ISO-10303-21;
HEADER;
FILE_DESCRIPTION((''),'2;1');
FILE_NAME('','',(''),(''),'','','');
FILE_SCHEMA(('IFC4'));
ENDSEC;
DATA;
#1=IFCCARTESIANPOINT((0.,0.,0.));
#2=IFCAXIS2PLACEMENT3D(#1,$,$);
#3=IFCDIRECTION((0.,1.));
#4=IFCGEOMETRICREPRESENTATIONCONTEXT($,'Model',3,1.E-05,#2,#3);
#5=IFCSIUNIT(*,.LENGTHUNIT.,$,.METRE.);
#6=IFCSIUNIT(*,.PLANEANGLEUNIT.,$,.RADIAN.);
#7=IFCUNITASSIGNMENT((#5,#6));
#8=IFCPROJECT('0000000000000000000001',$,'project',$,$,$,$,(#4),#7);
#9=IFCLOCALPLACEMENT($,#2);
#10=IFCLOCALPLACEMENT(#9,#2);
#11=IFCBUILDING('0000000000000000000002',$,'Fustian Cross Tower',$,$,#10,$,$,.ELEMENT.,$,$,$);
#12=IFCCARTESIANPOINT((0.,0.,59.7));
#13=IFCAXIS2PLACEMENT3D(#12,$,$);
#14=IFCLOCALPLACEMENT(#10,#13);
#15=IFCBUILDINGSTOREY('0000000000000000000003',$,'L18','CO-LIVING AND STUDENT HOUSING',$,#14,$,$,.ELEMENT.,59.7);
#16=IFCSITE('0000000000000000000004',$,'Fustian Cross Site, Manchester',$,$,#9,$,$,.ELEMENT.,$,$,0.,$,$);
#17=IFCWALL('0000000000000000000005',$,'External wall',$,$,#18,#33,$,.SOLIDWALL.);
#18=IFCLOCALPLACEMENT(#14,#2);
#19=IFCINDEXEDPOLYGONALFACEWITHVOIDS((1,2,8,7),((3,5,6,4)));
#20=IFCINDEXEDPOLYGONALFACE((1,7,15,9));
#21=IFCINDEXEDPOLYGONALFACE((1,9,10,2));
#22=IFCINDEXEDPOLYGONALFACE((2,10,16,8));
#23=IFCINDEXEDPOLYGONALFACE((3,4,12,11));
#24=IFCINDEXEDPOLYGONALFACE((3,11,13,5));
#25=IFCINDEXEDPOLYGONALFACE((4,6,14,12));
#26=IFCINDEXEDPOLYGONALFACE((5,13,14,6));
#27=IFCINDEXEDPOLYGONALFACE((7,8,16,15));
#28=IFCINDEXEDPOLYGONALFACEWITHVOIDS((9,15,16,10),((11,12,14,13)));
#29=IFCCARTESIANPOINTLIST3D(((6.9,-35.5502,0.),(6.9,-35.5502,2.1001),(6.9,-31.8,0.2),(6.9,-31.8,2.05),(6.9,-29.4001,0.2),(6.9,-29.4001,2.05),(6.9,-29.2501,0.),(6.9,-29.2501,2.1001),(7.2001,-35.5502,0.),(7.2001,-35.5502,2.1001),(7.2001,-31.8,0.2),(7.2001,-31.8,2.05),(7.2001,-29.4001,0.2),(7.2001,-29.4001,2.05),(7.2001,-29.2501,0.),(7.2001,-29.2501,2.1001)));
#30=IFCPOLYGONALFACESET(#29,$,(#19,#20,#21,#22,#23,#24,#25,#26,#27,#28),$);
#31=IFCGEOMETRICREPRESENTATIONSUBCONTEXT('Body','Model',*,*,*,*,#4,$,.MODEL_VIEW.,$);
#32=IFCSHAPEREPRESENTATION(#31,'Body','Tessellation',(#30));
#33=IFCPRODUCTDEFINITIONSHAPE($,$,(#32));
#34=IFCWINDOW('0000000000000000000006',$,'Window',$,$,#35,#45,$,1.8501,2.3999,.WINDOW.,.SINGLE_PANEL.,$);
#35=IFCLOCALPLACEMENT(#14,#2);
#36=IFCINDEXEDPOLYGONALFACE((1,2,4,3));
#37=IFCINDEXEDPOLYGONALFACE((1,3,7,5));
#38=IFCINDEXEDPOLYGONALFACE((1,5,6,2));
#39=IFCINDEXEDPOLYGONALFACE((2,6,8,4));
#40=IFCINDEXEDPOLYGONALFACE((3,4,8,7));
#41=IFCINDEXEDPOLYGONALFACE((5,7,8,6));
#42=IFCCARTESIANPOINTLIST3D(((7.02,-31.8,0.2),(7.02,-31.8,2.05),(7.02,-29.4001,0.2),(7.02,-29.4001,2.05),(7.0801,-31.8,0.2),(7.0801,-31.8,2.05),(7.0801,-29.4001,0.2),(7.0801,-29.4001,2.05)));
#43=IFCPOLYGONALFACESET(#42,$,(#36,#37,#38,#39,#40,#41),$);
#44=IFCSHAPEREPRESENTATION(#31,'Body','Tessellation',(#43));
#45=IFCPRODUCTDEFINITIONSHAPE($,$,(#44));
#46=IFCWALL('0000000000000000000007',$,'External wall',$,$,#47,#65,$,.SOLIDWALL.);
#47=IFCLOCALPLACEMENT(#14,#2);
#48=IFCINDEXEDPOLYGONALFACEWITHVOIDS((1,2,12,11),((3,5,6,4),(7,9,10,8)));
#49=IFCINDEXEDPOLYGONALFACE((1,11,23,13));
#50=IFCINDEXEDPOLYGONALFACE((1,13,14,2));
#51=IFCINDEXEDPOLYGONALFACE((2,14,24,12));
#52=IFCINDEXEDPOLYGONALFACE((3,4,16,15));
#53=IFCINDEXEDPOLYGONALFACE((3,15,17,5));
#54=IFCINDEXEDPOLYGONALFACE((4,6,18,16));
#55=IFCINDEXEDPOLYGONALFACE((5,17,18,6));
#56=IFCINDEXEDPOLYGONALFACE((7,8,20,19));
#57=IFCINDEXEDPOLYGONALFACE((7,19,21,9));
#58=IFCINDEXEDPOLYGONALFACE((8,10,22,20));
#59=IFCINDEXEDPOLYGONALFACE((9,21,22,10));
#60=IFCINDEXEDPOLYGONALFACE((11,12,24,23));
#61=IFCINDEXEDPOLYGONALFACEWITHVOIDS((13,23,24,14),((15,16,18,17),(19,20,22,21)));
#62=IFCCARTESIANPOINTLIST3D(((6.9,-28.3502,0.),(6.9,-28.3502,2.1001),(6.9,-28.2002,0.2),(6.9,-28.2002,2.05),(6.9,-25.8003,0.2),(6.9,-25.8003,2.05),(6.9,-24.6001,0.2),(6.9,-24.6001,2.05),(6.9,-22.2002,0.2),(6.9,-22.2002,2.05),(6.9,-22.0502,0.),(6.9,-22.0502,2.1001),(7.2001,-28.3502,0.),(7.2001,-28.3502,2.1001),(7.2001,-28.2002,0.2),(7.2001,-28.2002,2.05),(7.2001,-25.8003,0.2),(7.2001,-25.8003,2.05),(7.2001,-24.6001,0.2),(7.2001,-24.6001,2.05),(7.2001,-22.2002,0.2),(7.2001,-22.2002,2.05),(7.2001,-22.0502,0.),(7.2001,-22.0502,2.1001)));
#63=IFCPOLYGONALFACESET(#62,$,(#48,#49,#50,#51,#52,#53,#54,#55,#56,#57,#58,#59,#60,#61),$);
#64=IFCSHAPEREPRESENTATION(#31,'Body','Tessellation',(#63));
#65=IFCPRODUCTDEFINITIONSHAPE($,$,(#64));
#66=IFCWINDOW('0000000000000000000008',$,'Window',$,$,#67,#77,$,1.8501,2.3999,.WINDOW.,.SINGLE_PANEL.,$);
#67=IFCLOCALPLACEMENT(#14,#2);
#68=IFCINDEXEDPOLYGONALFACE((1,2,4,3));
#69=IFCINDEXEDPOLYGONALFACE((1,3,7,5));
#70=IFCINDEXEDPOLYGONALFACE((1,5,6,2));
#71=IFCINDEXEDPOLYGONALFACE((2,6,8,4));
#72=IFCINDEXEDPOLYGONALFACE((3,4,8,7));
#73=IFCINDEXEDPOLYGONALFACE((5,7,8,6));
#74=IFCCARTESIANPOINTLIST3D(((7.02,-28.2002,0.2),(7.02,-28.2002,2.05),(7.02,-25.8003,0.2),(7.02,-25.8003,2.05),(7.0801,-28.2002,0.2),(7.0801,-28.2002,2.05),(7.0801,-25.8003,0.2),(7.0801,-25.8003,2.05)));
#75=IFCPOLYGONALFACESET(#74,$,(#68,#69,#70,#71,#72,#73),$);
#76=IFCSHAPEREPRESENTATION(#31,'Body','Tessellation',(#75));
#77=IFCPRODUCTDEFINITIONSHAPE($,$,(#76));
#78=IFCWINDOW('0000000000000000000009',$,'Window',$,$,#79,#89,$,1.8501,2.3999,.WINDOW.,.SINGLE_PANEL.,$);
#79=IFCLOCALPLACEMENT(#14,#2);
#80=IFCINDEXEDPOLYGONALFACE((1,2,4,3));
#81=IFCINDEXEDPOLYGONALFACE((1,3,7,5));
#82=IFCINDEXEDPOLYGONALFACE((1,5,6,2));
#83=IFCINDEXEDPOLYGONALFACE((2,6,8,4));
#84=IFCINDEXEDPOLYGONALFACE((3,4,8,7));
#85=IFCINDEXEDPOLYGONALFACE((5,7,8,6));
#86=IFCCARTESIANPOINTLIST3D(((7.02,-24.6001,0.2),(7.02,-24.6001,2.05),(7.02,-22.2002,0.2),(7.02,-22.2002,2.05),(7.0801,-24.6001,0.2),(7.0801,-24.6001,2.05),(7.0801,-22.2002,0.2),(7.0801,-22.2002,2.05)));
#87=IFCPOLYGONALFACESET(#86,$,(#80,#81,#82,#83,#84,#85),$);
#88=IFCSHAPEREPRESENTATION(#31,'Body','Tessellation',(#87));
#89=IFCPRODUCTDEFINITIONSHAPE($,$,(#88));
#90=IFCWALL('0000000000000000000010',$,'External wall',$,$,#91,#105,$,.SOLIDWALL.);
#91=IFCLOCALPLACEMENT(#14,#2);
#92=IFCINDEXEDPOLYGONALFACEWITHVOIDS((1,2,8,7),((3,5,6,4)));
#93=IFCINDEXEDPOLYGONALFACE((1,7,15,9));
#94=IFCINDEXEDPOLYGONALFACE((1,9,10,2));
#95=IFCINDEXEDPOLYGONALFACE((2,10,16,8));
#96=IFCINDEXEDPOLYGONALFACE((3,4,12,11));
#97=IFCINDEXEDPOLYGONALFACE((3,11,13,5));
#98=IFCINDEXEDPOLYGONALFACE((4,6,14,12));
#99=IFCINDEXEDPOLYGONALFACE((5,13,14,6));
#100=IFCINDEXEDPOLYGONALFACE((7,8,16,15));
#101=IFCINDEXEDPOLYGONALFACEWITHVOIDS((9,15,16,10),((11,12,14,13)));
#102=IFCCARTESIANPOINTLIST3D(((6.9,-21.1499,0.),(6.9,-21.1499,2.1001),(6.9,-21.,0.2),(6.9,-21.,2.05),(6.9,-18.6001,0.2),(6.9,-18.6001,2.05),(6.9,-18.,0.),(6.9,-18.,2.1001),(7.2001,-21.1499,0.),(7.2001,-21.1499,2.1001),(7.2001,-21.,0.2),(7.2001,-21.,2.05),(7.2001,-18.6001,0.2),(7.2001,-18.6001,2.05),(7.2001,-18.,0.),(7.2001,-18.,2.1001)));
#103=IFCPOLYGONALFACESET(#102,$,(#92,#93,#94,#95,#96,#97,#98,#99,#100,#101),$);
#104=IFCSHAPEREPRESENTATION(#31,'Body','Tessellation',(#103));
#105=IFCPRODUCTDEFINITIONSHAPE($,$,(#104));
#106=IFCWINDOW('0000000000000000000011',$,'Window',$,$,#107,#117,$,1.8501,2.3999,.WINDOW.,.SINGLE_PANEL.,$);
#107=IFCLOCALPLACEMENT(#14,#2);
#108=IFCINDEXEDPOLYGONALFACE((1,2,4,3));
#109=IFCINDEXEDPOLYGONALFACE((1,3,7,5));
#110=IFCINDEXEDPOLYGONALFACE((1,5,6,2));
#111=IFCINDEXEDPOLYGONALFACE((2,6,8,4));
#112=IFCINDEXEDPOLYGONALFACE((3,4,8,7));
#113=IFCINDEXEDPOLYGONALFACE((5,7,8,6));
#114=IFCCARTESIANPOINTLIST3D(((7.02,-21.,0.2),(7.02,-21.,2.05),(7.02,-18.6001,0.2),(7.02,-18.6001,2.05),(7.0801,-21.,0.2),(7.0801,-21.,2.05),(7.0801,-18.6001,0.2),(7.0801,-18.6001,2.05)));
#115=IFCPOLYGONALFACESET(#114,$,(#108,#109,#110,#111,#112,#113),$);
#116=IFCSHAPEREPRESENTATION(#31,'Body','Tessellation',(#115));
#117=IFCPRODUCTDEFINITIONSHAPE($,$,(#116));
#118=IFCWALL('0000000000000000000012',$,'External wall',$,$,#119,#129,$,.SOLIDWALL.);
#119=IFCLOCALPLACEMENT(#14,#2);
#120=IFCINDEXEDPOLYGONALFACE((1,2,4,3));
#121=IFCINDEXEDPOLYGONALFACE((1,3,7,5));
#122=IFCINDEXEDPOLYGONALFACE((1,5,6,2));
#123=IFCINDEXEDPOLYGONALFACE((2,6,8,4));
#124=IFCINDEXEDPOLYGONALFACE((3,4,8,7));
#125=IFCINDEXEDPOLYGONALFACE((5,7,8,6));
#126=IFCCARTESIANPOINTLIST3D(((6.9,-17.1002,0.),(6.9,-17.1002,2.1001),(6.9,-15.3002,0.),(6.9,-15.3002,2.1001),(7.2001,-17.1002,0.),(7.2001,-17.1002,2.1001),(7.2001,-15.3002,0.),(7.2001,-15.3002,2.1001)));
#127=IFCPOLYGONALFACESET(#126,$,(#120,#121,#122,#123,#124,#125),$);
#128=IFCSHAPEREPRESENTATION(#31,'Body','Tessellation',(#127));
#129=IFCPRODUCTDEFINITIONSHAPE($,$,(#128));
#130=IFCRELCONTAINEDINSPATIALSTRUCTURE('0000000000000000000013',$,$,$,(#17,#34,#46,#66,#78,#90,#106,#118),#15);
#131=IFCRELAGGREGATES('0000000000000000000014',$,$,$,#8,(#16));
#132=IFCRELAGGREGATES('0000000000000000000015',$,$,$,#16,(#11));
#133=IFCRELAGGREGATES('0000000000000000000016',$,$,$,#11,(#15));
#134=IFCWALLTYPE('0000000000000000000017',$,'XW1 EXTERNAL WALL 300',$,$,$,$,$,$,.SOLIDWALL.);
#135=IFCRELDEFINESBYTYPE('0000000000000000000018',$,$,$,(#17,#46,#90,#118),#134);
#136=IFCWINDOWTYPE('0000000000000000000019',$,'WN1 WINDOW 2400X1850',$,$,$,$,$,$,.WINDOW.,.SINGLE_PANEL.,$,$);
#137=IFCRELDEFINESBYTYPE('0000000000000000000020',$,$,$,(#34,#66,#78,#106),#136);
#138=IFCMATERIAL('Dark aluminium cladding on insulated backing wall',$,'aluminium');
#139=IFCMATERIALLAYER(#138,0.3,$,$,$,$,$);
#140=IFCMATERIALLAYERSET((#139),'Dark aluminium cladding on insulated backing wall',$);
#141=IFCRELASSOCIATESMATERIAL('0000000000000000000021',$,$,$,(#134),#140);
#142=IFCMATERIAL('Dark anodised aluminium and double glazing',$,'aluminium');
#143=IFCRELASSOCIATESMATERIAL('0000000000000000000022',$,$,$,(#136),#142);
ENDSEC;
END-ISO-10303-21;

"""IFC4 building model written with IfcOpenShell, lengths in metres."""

from ifc_helpers import new_model, si_unit, direction, frame, frame_2d, origin, place, context, subcontext, project, spatial, rectangle, extrude, material, layer, layer_set, type_object, element, fill, save


model = new_model("IFC4")

# Units and contexts
model_context = context("Model", 3, precision=1e-05, world=origin(), true_north=direction((0.0, 1.0)))
body_context = subcontext(model_context, "Body", "Model", "MODEL_VIEW")
ifc_project = project(units=[si_unit("LENGTHUNIT", "METRE"), si_unit("PLANEANGLEUNIT", "RADIAN")], contexts=[model_context])

# Site, building, storey
site_placement = place(None, origin())
site = spatial("IfcSite", under=ifc_project, at=site_placement, Name="Fustian Cross Site, Manchester", CompositionType="ELEMENT", RefElevation=0.0)
building_placement = place(site_placement, origin())
building = spatial("IfcBuilding", under=site, at=building_placement, Name="Fustian Cross Tower", CompositionType="ELEMENT")
storey_placement = place(building_placement, frame((0.0, 0.0, 59.7)))
storey = spatial("IfcBuildingStorey", under=building, at=storey_placement, Name="L18", Description="CO-LIVING AND STUDENT HOUSING", CompositionType="ELEMENT", Elevation=59.7)

# Wall, opening, window
ifc_material_1 = material(Name="Dark aluminium cladding on insulated backing wall", Category="aluminium")
ifc_layer_1 = layer(ifc_material_1, 0.3)
ifc_layer_set_1 = layer_set([ifc_layer_1], Name="Dark aluminium cladding on insulated backing wall")
wall_type_1 = type_object("IfcWallType", Name="XW1 EXTERNAL WALL 300", PredefinedType="SOLIDWALL", material=ifc_layer_set_1)
wall_1_placement = place(storey_placement, frame((7.05, -35.55, 0.0), z_axis=(0.0, 0.0, 1.0), x_axis=(0.0, 1.0, 0.0)))
wall_1 = element("IfcWall", 1, at=wall_1_placement, inside=storey, type_object=wall_type_1, Name="External wall", PredefinedType="SOLIDWALL", context=body_context, shape_type="SweptSolid", body=[
    extrude(rectangle(XDim=6.3, YDim=0.3, at=frame_2d((3.1499, 0.0))), origin(), (0.0, 0.0, 1.0), 2.1001),
])
opening_1_placement = place(wall_1_placement, frame((3.75, 0.0, 0.2)))
opening_1 = element("IfcOpeningElement", 2, at=opening_1_placement, cuts=wall_1, PredefinedType="OPENING", context=body_context, shape_type="SweptSolid", body=[
    extrude(rectangle(XDim=2.3999, YDim=1.8501, at=frame_2d((1.2, 0.925))), frame((0.0, 0.1599, 0.0), z_axis=(0.0, -1.0, 0.0), x_axis=(1.0, 0.0, 0.0)), (0.0, 0.0, 1.0), 0.3201),
])
ifc_material_2 = material(Name="Dark anodised aluminium and double glazing", Category="aluminium")
window_type_1 = type_object("IfcWindowType", Name="WN1 WINDOW 2400X1850", PartitioningType="SINGLE_PANEL", PredefinedType="WINDOW", material=ifc_material_2)
window_1_placement = place(opening_1_placement, origin())
window_1 = element("IfcWindow", 3, at=window_1_placement, inside=storey, type_object=window_type_1, Name="Window", OverallHeight=1.8501, OverallWidth=2.3999, PartitioningType="SINGLE_PANEL", PredefinedType="WINDOW", context=body_context, shape_type="SweptSolid", body=[
    extrude(rectangle(XDim=2.3999, YDim=1.8501, at=frame_2d((1.2, 0.925))), frame((0.0, 0.03, 0.0), z_axis=(0.0, -1.0, 0.0), x_axis=(1.0, 0.0, 0.0)), (0.0, 0.0, 1.0), 0.0601),
])
fill(opening_1, window_1)

# Wall, openings, windows
wall_2_placement = place(storey_placement, frame((7.05, -28.3501, 0.0), z_axis=(0.0, 0.0, 1.0), x_axis=(0.0, 1.0, 0.0)))
wall_2 = element("IfcWall", 4, at=wall_2_placement, inside=storey, type_object=wall_type_1, Name="External wall", PredefinedType="SOLIDWALL", context=body_context, shape_type="SweptSolid", body=[
    extrude(rectangle(XDim=6.3, YDim=0.3, at=frame_2d((3.1499, 0.0))), origin(), (0.0, 0.0, 1.0), 2.1001),
])
opening_2_placement = place(wall_2_placement, frame((0.1499, 0.0, 0.2)))
opening_2 = element("IfcOpeningElement", 5, at=opening_2_placement, cuts=wall_2, PredefinedType="OPENING", context=body_context, shape_type="SweptSolid", body=[
    extrude(rectangle(XDim=2.3999, YDim=1.8501, at=frame_2d((1.2, 0.925))), frame((0.0, 0.1599, 0.0), z_axis=(0.0, -1.0, 0.0), x_axis=(1.0, 0.0, 0.0)), (0.0, 0.0, 1.0), 0.3201),
])
opening_3_placement = place(wall_2_placement, frame((3.75, 0.0, 0.2)))
opening_3 = element("IfcOpeningElement", 6, at=opening_3_placement, cuts=wall_2, PredefinedType="OPENING", context=body_context, shape_type="SweptSolid", body=[
    extrude(rectangle(XDim=2.3999, YDim=1.8501, at=frame_2d((1.2, 0.925))), frame((0.0, 0.1599, 0.0), z_axis=(0.0, -1.0, 0.0), x_axis=(1.0, 0.0, 0.0)), (0.0, 0.0, 1.0), 0.3201),
])
window_2_placement = place(opening_2_placement, origin())
window_2 = element("IfcWindow", 7, at=window_2_placement, inside=storey, type_object=window_type_1, Name="Window", OverallHeight=1.8501, OverallWidth=2.3999, PartitioningType="SINGLE_PANEL", PredefinedType="WINDOW", context=body_context, shape_type="SweptSolid", body=[
    extrude(rectangle(XDim=2.3999, YDim=1.8501, at=frame_2d((1.2, 0.925))), frame((0.0, 0.03, 0.0), z_axis=(0.0, -1.0, 0.0), x_axis=(1.0, 0.0, 0.0)), (0.0, 0.0, 1.0), 0.0601),
])
fill(opening_2, window_2)
window_3_placement = place(opening_3_placement, origin())
window_3 = element("IfcWindow", 8, at=window_3_placement, inside=storey, type_object=window_type_1, Name="Window", OverallHeight=1.8501, OverallWidth=2.3999, PartitioningType="SINGLE_PANEL", PredefinedType="WINDOW", context=body_context, shape_type="SweptSolid", body=[
    extrude(rectangle(XDim=2.3999, YDim=1.8501, at=frame_2d((1.2, 0.925))), frame((0.0, 0.03, 0.0), z_axis=(0.0, -1.0, 0.0), x_axis=(1.0, 0.0, 0.0)), (0.0, 0.0, 1.0), 0.0601),
])
fill(opening_3, window_3)

# Wall, opening, window
wall_3_placement = place(storey_placement, frame((7.05, -21.1499, 0.0), z_axis=(0.0, 0.0, 1.0), x_axis=(0.0, 1.0, 0.0)))
wall_3 = element("IfcWall", 9, at=wall_3_placement, inside=storey, type_object=wall_type_1, Name="External wall", PredefinedType="SOLIDWALL", context=body_context, shape_type="SweptSolid", body=[
    extrude(rectangle(XDim=3.1499, YDim=0.3, at=frame_2d((1.575, 0.0))), origin(), (0.0, 0.0, 1.0), 2.1001),
])
opening_4_placement = place(wall_3_placement, frame((0.1499, 0.0, 0.2)))
opening_4 = element("IfcOpeningElement", 10, at=opening_4_placement, cuts=wall_3, PredefinedType="OPENING", context=body_context, shape_type="SweptSolid", body=[
    extrude(rectangle(XDim=2.3999, YDim=1.8501, at=frame_2d((1.2, 0.925))), frame((0.0, 0.1599, 0.0), z_axis=(0.0, -1.0, 0.0), x_axis=(1.0, 0.0, 0.0)), (0.0, 0.0, 1.0), 0.3201),
])
window_4_placement = place(opening_4_placement, origin())
window_4 = element("IfcWindow", 11, at=window_4_placement, inside=storey, type_object=window_type_1, Name="Window", OverallHeight=1.8501, OverallWidth=2.3999, PartitioningType="SINGLE_PANEL", PredefinedType="WINDOW", context=body_context, shape_type="SweptSolid", body=[
    extrude(rectangle(XDim=2.3999, YDim=1.8501, at=frame_2d((1.2, 0.925))), frame((0.0, 0.03, 0.0), z_axis=(0.0, -1.0, 0.0), x_axis=(1.0, 0.0, 0.0)), (0.0, 0.0, 1.0), 0.0601),
])
fill(opening_4, window_4)

# Wall
wall_4_placement = place(storey_placement, frame((7.05, -17.1001, 0.0), z_axis=(0.0, 0.0, 1.0), x_axis=(0.0, 1.0, 0.0)))
element("IfcWall", 12, at=wall_4_placement, inside=storey, type_object=wall_type_1, Name="External wall", PredefinedType="SOLIDWALL", context=body_context, shape_type="SweptSolid", body=[
    extrude(rectangle(XDim=1.8, YDim=0.3, at=frame_2d((0.8999, 0.0))), origin(), (0.0, 0.0, 1.0), 2.1001),
])

save(model, "model.ifc")
